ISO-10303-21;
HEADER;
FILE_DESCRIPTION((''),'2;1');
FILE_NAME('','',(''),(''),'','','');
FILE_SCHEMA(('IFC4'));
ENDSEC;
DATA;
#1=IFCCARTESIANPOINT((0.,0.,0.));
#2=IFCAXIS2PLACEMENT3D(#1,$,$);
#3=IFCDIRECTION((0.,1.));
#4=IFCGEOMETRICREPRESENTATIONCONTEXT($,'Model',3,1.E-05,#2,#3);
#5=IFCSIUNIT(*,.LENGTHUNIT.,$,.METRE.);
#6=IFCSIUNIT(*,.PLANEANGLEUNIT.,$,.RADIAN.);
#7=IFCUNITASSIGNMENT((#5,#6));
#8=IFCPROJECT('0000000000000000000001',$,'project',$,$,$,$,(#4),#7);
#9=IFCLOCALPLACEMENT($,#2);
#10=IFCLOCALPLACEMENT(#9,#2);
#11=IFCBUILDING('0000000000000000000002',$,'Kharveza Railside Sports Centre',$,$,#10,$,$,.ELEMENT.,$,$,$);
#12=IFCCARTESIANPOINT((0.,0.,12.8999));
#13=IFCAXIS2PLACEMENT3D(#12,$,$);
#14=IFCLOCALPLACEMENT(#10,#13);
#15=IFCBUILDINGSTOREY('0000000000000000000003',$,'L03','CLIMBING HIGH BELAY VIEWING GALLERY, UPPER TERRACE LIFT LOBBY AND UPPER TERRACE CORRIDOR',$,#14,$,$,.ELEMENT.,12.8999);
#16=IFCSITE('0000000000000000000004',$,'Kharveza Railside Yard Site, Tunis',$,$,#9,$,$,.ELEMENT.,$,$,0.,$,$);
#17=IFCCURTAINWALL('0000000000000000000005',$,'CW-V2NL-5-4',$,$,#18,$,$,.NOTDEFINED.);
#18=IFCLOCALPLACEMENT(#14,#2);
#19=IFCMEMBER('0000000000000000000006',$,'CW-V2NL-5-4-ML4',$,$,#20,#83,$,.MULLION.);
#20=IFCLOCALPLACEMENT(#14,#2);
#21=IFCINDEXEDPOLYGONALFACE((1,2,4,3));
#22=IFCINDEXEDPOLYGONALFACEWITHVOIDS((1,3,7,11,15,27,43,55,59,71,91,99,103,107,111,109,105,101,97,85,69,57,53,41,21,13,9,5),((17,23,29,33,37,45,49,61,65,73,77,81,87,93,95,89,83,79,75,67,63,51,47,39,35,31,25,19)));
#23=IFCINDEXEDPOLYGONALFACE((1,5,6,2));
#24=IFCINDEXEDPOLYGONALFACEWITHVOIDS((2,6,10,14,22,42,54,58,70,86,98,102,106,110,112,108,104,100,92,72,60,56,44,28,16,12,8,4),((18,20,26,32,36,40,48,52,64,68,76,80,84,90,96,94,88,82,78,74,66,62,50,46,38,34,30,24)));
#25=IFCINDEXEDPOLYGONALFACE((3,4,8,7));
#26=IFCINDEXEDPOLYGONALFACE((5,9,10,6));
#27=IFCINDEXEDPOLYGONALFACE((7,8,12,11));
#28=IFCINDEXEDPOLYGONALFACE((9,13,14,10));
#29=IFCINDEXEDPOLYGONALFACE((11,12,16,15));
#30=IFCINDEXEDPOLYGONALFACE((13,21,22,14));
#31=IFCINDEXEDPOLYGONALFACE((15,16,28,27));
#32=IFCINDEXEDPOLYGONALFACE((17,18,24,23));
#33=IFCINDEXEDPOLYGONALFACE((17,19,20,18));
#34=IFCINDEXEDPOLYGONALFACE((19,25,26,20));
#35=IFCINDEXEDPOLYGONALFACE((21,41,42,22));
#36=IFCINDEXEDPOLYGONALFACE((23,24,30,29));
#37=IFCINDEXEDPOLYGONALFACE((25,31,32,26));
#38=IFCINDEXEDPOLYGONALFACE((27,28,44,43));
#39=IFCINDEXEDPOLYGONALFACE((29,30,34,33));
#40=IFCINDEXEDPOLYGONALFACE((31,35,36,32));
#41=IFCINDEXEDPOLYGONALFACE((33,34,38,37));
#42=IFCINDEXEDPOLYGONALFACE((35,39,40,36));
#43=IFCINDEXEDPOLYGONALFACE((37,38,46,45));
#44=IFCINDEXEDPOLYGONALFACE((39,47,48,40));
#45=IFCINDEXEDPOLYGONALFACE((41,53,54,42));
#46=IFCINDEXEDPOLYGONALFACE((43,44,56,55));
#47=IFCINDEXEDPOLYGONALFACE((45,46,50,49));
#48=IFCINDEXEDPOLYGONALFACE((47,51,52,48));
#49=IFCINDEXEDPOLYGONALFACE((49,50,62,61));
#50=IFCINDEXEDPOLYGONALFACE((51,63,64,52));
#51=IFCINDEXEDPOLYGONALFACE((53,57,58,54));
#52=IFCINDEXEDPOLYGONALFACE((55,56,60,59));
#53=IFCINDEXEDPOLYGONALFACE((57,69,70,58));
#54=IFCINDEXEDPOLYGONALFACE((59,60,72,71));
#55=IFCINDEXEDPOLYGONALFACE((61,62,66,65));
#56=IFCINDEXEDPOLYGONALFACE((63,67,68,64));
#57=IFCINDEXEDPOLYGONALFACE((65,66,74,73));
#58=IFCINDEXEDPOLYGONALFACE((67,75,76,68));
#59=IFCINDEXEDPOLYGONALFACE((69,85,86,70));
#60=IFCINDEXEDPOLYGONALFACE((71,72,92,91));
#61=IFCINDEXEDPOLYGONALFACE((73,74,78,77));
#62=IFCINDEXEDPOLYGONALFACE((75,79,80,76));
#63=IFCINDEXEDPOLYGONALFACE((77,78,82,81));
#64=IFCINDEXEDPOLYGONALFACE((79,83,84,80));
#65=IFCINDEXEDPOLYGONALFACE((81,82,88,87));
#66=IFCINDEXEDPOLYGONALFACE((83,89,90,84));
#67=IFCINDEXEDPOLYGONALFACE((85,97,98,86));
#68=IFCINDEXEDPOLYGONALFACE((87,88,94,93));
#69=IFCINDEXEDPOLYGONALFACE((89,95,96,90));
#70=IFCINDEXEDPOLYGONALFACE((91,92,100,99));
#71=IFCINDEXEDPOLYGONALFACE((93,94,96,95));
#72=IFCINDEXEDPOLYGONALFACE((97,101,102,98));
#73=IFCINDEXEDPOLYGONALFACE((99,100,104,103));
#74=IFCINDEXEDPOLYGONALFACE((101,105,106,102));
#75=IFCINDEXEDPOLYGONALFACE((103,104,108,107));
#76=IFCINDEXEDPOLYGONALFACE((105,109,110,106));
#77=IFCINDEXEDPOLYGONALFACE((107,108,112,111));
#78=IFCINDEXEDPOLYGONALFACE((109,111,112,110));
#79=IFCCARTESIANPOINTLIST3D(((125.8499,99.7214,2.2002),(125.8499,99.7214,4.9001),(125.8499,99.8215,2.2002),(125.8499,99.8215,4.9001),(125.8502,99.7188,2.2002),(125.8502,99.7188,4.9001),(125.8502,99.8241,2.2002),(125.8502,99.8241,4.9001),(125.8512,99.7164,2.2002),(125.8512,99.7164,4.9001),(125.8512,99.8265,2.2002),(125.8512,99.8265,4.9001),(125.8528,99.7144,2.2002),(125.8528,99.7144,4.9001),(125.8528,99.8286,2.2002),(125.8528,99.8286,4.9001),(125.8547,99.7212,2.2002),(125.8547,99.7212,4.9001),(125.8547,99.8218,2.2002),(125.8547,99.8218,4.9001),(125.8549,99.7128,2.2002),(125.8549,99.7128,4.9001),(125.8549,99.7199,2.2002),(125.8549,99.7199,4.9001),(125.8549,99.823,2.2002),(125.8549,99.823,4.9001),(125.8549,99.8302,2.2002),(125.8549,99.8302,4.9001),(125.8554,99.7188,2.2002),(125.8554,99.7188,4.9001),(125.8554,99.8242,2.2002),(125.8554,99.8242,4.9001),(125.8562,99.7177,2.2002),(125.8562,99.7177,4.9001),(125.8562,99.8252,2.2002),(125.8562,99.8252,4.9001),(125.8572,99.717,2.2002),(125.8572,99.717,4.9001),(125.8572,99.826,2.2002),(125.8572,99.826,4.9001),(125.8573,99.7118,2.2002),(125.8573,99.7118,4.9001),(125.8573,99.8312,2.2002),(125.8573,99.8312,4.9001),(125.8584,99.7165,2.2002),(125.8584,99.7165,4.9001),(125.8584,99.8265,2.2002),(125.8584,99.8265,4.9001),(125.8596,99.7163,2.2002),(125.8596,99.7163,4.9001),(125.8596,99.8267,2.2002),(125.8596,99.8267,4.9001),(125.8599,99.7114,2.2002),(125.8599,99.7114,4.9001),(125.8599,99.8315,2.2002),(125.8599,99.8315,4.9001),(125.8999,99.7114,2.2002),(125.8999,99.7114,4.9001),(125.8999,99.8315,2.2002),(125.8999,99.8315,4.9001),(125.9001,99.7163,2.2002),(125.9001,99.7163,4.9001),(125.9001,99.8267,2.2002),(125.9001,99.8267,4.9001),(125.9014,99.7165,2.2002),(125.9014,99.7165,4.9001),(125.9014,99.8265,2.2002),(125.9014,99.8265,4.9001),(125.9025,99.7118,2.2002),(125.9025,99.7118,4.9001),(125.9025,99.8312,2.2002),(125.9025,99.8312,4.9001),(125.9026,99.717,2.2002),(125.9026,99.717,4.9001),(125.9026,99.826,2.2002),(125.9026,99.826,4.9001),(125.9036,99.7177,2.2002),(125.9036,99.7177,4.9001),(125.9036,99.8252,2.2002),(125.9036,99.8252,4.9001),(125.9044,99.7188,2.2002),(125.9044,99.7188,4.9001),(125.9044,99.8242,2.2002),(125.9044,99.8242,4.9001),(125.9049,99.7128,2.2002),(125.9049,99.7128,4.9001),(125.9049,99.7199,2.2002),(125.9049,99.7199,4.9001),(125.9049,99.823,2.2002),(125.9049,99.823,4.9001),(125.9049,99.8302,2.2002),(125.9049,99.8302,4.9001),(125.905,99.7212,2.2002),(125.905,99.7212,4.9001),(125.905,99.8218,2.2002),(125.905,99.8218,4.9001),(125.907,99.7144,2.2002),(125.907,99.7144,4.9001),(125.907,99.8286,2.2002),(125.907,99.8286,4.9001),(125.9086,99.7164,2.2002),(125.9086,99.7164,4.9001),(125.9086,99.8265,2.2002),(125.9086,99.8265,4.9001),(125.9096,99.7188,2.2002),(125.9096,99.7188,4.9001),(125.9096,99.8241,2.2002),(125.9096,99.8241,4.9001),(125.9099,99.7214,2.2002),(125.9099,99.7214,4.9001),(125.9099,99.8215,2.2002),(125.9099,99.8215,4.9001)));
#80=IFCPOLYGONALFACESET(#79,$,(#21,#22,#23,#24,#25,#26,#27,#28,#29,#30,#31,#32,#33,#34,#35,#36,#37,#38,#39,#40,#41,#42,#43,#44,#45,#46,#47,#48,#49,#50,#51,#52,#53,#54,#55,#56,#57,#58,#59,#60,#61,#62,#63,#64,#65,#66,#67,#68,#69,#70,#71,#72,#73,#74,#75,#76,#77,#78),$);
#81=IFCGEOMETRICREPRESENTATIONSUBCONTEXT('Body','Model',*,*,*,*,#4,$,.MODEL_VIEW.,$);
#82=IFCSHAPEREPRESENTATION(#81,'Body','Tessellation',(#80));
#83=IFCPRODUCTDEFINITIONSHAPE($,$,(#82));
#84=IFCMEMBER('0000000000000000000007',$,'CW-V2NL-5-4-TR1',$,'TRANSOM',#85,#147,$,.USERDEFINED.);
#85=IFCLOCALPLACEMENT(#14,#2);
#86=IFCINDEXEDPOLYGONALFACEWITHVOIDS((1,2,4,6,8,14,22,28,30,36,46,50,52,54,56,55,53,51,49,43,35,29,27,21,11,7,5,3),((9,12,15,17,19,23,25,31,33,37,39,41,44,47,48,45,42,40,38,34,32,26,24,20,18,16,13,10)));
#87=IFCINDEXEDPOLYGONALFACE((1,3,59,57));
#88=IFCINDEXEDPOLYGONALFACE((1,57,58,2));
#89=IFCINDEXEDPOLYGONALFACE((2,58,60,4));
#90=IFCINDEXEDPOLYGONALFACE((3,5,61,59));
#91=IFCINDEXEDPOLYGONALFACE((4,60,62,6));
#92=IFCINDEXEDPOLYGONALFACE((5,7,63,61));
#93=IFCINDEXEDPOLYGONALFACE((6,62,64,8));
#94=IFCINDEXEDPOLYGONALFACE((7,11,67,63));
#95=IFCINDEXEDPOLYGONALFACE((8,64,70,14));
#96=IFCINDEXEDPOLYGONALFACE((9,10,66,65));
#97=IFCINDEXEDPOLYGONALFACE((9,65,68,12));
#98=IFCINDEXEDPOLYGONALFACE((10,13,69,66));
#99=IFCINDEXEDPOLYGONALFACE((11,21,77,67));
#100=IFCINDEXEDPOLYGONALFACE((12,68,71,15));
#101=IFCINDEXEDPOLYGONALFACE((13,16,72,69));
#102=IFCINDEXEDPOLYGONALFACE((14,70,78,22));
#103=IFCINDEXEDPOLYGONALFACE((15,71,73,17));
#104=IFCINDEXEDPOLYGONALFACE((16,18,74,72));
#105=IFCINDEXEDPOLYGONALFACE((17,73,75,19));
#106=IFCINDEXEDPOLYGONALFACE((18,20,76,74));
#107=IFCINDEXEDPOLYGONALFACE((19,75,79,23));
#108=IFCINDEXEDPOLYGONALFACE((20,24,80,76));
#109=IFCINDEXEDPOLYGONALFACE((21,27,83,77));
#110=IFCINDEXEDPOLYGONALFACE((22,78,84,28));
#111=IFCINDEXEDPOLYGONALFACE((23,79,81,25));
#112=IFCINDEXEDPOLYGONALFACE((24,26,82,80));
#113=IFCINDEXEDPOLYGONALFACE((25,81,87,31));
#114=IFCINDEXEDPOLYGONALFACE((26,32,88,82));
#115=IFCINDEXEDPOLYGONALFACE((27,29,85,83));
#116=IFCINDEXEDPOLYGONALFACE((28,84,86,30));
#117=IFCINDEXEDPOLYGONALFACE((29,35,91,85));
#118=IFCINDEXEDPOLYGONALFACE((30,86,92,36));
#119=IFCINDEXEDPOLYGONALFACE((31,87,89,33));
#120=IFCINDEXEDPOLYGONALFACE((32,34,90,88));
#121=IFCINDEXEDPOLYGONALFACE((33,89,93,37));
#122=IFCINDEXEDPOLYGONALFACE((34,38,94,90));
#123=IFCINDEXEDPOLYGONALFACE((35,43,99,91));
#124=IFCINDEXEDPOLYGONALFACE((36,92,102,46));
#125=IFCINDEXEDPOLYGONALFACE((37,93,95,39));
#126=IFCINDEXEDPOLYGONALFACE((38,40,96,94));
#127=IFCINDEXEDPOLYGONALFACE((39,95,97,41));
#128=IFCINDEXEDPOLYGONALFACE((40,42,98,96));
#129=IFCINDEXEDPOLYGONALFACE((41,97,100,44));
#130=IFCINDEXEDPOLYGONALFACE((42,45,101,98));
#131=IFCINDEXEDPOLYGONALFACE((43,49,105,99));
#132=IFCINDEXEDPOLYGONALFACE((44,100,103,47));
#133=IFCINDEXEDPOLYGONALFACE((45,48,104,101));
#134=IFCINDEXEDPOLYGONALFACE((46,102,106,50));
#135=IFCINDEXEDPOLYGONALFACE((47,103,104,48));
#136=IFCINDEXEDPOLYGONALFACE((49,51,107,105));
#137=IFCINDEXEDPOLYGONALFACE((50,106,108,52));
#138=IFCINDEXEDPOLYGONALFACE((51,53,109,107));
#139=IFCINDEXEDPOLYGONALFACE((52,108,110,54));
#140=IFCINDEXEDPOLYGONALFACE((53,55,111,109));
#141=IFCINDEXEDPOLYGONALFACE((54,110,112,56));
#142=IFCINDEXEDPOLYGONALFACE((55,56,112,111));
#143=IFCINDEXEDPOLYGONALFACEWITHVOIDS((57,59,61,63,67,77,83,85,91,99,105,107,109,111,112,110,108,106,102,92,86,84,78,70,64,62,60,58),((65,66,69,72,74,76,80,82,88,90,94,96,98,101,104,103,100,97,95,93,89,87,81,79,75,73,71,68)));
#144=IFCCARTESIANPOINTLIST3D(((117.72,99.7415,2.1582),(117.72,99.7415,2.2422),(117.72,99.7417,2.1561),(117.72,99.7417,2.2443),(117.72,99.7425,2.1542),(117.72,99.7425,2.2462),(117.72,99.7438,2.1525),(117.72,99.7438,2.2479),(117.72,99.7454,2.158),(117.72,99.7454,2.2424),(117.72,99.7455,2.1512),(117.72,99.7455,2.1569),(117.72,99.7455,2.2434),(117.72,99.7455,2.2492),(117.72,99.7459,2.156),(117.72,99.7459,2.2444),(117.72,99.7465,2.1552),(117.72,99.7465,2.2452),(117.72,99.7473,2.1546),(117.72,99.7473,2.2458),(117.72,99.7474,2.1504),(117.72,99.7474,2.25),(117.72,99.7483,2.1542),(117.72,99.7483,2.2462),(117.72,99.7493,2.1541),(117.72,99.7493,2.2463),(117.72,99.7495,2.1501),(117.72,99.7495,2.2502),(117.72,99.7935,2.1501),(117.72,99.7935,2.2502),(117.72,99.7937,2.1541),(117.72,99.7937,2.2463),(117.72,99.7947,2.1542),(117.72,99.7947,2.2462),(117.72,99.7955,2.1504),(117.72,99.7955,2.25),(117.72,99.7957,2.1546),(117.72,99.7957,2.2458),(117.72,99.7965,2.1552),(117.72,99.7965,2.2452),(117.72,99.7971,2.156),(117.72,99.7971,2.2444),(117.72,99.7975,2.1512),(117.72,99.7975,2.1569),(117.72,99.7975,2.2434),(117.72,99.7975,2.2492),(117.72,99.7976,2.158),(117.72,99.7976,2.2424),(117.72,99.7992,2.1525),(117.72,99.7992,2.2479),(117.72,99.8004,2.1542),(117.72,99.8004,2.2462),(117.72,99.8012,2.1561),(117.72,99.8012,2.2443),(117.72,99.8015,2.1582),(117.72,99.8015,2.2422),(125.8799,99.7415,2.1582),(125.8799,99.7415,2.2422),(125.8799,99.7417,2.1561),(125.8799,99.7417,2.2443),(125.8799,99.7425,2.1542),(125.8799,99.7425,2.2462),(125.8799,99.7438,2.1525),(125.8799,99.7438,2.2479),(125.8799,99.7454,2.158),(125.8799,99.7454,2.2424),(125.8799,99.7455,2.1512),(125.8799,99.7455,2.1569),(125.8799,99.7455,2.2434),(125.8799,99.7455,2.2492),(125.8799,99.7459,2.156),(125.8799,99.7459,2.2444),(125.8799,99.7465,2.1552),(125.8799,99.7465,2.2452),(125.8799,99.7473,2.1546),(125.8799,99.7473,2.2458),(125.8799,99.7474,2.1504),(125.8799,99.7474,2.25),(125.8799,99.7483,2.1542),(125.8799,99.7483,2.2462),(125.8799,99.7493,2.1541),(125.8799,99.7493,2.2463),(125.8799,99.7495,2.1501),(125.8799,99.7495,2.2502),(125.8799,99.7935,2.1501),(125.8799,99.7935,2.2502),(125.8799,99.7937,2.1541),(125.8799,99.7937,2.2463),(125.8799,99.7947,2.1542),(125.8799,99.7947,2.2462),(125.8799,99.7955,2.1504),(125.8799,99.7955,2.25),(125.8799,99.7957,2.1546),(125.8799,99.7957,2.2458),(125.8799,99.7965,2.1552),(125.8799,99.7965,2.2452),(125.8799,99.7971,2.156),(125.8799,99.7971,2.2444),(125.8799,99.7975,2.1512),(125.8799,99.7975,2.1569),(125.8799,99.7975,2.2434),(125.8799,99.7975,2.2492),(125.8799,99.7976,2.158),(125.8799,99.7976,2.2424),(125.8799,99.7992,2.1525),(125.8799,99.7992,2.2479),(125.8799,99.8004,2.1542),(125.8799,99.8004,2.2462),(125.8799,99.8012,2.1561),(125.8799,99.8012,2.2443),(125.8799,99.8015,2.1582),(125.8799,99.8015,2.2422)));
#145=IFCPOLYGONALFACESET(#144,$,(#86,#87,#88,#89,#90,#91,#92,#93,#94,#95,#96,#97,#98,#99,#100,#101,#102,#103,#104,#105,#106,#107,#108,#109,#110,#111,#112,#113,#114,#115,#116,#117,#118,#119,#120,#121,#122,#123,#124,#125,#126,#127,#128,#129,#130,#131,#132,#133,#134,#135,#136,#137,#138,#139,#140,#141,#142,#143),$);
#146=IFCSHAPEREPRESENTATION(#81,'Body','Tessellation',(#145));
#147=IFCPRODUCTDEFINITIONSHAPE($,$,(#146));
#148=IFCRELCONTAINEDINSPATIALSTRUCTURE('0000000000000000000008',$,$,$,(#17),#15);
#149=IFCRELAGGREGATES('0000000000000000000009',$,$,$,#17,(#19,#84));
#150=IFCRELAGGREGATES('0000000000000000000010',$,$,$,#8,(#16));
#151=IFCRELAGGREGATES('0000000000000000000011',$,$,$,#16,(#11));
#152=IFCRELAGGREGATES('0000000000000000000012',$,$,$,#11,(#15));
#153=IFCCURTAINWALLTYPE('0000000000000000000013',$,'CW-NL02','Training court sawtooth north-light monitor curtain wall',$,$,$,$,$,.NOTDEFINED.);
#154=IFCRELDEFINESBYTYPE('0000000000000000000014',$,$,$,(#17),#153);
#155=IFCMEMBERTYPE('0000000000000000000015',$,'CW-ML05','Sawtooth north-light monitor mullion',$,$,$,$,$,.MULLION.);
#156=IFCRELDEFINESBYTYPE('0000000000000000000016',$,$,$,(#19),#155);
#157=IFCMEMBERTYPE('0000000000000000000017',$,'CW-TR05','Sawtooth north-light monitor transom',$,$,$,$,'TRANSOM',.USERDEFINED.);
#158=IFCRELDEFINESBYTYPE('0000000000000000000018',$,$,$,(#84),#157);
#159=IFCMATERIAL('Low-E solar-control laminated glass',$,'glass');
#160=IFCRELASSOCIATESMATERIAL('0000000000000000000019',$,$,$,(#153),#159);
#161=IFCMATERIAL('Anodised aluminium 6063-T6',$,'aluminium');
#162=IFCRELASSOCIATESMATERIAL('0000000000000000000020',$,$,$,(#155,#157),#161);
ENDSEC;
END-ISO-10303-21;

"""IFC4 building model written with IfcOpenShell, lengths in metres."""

from ifc_helpers import new_model, si_unit, direction, frame, origin, origin_2d, place, context, subcontext, project, spatial, hollow_rectangle, extrude, material, material_profile, profile_set, type_object, element, aggregate, save


model = new_model("IFC4")

# Units and contexts
model_context = context("Model", 3, precision=1e-05, world=origin(), true_north=direction((0.0, 1.0)))
body_context = subcontext(model_context, "Body", "Model", "MODEL_VIEW")
ifc_project = project(units=[si_unit("LENGTHUNIT", "METRE"), si_unit("PLANEANGLEUNIT", "RADIAN")], contexts=[model_context])

# Site, building, storey
site_placement = place(None, origin())
site = spatial("IfcSite", under=ifc_project, at=site_placement, Name="Kharveza Railside Yard Site, Tunis", CompositionType="ELEMENT", RefElevation=0.0)
building_placement = place(site_placement, origin())
building = spatial("IfcBuilding", under=site, at=building_placement, Name="Kharveza Railside Sports Centre", CompositionType="ELEMENT")
storey_placement = place(building_placement, frame((0.0, 0.0, 12.8999)))
storey = spatial("IfcBuildingStorey", under=building, at=storey_placement, Name="L03", Description="CLIMBING HIGH BELAY VIEWING GALLERY, UPPER TERRACE LIFT LOBBY AND UPPER TERRACE CORRIDOR", CompositionType="ELEMENT", Elevation=12.8999)

# Curtain wall, members
ifc_material_1 = material(Name="Low-E solar-control laminated glass", Category="glass")
curtain_wall_type = type_object("IfcCurtainWallType", Name="CW-NL02", Description="Training court sawtooth north-light monitor curtain wall", PredefinedType="NOTDEFINED", material=ifc_material_1)
ifc_material_2 = material(Name="Anodised aluminium 6063-T6", Category="aluminium")
ifc_material_profile_1 = material_profile(ifc_material_2, hollow_rectangle(XDim=0.0601, YDim=0.1201, WallThickness=0.0049, InnerFilletRadius=0.0049, OuterFilletRadius=0.01, at=origin_2d()), Name="RHS 60x120x5.0")
ifc_profile_set_1 = profile_set([ifc_material_profile_1], Name="Anodised aluminium 6063-T6")
member_type_1 = type_object("IfcMemberType", Name="CW-ML05", Description="Sawtooth north-light monitor mullion", PredefinedType="MULLION", material=ifc_profile_set_1)
curtain_wall_1_placement = place(storey_placement, origin())
curtain_wall_1 = element("IfcCurtainWall", 1, at=curtain_wall_1_placement, inside=storey, type_object=curtain_wall_type, Name="CW-V2NL-5-4", PredefinedType="NOTDEFINED")
member_1_placement = place(storey_placement, frame((125.8799, 99.7715, 2.2002), z_axis=(0.0, 0.0, 1.0), x_axis=(1.0, 0.0, 0.0)))
member_1 = element("IfcMember", 2, at=member_1_placement, type_object=member_type_1, Name="CW-V2NL-5-4-ML4", PredefinedType="MULLION", context=body_context, shape_type="SweptSolid", body=[
    extrude(hollow_rectangle(XDim=0.0601, YDim=0.1201, WallThickness=0.0049, InnerFilletRadius=0.0049, OuterFilletRadius=0.01, at=origin_2d()), origin(), (0.0, 0.0, 1.0), 2.7),
])
ifc_material_profile_2 = material_profile(ifc_material_2, hollow_rectangle(XDim=0.0601, YDim=0.1001, WallThickness=0.0039, InnerFilletRadius=0.0039, OuterFilletRadius=0.0081, at=origin_2d()), Name="RHS 60x100x4.0")
ifc_profile_set_2 = profile_set([ifc_material_profile_2], Name="Anodised aluminium 6063-T6")
member_type_2 = type_object("IfcMemberType", Name="CW-TR05", Description="Sawtooth north-light monitor transom", ElementType="TRANSOM", PredefinedType="USERDEFINED", material=ifc_profile_set_2)
member_2_placement = place(storey_placement, frame((117.72, 99.7715, 2.2002), z_axis=(1.0, 0.0, 0.0), x_axis=(0.0, 1.0, 0.0)))
member_2 = element("IfcMember", 3, at=member_2_placement, type_object=member_type_2, Name="CW-V2NL-5-4-TR1", ObjectType="TRANSOM", PredefinedType="USERDEFINED", context=body_context, shape_type="SweptSolid", body=[
    extrude(hollow_rectangle(XDim=0.0601, YDim=0.1001, WallThickness=0.0039, InnerFilletRadius=0.0039, OuterFilletRadius=0.0081, at=origin_2d()), origin(), (0.0, 0.0, 1.0), 8.1599),
])

aggregate(curtain_wall_1, [member_1, member_2])

save(model, "model.ifc")
